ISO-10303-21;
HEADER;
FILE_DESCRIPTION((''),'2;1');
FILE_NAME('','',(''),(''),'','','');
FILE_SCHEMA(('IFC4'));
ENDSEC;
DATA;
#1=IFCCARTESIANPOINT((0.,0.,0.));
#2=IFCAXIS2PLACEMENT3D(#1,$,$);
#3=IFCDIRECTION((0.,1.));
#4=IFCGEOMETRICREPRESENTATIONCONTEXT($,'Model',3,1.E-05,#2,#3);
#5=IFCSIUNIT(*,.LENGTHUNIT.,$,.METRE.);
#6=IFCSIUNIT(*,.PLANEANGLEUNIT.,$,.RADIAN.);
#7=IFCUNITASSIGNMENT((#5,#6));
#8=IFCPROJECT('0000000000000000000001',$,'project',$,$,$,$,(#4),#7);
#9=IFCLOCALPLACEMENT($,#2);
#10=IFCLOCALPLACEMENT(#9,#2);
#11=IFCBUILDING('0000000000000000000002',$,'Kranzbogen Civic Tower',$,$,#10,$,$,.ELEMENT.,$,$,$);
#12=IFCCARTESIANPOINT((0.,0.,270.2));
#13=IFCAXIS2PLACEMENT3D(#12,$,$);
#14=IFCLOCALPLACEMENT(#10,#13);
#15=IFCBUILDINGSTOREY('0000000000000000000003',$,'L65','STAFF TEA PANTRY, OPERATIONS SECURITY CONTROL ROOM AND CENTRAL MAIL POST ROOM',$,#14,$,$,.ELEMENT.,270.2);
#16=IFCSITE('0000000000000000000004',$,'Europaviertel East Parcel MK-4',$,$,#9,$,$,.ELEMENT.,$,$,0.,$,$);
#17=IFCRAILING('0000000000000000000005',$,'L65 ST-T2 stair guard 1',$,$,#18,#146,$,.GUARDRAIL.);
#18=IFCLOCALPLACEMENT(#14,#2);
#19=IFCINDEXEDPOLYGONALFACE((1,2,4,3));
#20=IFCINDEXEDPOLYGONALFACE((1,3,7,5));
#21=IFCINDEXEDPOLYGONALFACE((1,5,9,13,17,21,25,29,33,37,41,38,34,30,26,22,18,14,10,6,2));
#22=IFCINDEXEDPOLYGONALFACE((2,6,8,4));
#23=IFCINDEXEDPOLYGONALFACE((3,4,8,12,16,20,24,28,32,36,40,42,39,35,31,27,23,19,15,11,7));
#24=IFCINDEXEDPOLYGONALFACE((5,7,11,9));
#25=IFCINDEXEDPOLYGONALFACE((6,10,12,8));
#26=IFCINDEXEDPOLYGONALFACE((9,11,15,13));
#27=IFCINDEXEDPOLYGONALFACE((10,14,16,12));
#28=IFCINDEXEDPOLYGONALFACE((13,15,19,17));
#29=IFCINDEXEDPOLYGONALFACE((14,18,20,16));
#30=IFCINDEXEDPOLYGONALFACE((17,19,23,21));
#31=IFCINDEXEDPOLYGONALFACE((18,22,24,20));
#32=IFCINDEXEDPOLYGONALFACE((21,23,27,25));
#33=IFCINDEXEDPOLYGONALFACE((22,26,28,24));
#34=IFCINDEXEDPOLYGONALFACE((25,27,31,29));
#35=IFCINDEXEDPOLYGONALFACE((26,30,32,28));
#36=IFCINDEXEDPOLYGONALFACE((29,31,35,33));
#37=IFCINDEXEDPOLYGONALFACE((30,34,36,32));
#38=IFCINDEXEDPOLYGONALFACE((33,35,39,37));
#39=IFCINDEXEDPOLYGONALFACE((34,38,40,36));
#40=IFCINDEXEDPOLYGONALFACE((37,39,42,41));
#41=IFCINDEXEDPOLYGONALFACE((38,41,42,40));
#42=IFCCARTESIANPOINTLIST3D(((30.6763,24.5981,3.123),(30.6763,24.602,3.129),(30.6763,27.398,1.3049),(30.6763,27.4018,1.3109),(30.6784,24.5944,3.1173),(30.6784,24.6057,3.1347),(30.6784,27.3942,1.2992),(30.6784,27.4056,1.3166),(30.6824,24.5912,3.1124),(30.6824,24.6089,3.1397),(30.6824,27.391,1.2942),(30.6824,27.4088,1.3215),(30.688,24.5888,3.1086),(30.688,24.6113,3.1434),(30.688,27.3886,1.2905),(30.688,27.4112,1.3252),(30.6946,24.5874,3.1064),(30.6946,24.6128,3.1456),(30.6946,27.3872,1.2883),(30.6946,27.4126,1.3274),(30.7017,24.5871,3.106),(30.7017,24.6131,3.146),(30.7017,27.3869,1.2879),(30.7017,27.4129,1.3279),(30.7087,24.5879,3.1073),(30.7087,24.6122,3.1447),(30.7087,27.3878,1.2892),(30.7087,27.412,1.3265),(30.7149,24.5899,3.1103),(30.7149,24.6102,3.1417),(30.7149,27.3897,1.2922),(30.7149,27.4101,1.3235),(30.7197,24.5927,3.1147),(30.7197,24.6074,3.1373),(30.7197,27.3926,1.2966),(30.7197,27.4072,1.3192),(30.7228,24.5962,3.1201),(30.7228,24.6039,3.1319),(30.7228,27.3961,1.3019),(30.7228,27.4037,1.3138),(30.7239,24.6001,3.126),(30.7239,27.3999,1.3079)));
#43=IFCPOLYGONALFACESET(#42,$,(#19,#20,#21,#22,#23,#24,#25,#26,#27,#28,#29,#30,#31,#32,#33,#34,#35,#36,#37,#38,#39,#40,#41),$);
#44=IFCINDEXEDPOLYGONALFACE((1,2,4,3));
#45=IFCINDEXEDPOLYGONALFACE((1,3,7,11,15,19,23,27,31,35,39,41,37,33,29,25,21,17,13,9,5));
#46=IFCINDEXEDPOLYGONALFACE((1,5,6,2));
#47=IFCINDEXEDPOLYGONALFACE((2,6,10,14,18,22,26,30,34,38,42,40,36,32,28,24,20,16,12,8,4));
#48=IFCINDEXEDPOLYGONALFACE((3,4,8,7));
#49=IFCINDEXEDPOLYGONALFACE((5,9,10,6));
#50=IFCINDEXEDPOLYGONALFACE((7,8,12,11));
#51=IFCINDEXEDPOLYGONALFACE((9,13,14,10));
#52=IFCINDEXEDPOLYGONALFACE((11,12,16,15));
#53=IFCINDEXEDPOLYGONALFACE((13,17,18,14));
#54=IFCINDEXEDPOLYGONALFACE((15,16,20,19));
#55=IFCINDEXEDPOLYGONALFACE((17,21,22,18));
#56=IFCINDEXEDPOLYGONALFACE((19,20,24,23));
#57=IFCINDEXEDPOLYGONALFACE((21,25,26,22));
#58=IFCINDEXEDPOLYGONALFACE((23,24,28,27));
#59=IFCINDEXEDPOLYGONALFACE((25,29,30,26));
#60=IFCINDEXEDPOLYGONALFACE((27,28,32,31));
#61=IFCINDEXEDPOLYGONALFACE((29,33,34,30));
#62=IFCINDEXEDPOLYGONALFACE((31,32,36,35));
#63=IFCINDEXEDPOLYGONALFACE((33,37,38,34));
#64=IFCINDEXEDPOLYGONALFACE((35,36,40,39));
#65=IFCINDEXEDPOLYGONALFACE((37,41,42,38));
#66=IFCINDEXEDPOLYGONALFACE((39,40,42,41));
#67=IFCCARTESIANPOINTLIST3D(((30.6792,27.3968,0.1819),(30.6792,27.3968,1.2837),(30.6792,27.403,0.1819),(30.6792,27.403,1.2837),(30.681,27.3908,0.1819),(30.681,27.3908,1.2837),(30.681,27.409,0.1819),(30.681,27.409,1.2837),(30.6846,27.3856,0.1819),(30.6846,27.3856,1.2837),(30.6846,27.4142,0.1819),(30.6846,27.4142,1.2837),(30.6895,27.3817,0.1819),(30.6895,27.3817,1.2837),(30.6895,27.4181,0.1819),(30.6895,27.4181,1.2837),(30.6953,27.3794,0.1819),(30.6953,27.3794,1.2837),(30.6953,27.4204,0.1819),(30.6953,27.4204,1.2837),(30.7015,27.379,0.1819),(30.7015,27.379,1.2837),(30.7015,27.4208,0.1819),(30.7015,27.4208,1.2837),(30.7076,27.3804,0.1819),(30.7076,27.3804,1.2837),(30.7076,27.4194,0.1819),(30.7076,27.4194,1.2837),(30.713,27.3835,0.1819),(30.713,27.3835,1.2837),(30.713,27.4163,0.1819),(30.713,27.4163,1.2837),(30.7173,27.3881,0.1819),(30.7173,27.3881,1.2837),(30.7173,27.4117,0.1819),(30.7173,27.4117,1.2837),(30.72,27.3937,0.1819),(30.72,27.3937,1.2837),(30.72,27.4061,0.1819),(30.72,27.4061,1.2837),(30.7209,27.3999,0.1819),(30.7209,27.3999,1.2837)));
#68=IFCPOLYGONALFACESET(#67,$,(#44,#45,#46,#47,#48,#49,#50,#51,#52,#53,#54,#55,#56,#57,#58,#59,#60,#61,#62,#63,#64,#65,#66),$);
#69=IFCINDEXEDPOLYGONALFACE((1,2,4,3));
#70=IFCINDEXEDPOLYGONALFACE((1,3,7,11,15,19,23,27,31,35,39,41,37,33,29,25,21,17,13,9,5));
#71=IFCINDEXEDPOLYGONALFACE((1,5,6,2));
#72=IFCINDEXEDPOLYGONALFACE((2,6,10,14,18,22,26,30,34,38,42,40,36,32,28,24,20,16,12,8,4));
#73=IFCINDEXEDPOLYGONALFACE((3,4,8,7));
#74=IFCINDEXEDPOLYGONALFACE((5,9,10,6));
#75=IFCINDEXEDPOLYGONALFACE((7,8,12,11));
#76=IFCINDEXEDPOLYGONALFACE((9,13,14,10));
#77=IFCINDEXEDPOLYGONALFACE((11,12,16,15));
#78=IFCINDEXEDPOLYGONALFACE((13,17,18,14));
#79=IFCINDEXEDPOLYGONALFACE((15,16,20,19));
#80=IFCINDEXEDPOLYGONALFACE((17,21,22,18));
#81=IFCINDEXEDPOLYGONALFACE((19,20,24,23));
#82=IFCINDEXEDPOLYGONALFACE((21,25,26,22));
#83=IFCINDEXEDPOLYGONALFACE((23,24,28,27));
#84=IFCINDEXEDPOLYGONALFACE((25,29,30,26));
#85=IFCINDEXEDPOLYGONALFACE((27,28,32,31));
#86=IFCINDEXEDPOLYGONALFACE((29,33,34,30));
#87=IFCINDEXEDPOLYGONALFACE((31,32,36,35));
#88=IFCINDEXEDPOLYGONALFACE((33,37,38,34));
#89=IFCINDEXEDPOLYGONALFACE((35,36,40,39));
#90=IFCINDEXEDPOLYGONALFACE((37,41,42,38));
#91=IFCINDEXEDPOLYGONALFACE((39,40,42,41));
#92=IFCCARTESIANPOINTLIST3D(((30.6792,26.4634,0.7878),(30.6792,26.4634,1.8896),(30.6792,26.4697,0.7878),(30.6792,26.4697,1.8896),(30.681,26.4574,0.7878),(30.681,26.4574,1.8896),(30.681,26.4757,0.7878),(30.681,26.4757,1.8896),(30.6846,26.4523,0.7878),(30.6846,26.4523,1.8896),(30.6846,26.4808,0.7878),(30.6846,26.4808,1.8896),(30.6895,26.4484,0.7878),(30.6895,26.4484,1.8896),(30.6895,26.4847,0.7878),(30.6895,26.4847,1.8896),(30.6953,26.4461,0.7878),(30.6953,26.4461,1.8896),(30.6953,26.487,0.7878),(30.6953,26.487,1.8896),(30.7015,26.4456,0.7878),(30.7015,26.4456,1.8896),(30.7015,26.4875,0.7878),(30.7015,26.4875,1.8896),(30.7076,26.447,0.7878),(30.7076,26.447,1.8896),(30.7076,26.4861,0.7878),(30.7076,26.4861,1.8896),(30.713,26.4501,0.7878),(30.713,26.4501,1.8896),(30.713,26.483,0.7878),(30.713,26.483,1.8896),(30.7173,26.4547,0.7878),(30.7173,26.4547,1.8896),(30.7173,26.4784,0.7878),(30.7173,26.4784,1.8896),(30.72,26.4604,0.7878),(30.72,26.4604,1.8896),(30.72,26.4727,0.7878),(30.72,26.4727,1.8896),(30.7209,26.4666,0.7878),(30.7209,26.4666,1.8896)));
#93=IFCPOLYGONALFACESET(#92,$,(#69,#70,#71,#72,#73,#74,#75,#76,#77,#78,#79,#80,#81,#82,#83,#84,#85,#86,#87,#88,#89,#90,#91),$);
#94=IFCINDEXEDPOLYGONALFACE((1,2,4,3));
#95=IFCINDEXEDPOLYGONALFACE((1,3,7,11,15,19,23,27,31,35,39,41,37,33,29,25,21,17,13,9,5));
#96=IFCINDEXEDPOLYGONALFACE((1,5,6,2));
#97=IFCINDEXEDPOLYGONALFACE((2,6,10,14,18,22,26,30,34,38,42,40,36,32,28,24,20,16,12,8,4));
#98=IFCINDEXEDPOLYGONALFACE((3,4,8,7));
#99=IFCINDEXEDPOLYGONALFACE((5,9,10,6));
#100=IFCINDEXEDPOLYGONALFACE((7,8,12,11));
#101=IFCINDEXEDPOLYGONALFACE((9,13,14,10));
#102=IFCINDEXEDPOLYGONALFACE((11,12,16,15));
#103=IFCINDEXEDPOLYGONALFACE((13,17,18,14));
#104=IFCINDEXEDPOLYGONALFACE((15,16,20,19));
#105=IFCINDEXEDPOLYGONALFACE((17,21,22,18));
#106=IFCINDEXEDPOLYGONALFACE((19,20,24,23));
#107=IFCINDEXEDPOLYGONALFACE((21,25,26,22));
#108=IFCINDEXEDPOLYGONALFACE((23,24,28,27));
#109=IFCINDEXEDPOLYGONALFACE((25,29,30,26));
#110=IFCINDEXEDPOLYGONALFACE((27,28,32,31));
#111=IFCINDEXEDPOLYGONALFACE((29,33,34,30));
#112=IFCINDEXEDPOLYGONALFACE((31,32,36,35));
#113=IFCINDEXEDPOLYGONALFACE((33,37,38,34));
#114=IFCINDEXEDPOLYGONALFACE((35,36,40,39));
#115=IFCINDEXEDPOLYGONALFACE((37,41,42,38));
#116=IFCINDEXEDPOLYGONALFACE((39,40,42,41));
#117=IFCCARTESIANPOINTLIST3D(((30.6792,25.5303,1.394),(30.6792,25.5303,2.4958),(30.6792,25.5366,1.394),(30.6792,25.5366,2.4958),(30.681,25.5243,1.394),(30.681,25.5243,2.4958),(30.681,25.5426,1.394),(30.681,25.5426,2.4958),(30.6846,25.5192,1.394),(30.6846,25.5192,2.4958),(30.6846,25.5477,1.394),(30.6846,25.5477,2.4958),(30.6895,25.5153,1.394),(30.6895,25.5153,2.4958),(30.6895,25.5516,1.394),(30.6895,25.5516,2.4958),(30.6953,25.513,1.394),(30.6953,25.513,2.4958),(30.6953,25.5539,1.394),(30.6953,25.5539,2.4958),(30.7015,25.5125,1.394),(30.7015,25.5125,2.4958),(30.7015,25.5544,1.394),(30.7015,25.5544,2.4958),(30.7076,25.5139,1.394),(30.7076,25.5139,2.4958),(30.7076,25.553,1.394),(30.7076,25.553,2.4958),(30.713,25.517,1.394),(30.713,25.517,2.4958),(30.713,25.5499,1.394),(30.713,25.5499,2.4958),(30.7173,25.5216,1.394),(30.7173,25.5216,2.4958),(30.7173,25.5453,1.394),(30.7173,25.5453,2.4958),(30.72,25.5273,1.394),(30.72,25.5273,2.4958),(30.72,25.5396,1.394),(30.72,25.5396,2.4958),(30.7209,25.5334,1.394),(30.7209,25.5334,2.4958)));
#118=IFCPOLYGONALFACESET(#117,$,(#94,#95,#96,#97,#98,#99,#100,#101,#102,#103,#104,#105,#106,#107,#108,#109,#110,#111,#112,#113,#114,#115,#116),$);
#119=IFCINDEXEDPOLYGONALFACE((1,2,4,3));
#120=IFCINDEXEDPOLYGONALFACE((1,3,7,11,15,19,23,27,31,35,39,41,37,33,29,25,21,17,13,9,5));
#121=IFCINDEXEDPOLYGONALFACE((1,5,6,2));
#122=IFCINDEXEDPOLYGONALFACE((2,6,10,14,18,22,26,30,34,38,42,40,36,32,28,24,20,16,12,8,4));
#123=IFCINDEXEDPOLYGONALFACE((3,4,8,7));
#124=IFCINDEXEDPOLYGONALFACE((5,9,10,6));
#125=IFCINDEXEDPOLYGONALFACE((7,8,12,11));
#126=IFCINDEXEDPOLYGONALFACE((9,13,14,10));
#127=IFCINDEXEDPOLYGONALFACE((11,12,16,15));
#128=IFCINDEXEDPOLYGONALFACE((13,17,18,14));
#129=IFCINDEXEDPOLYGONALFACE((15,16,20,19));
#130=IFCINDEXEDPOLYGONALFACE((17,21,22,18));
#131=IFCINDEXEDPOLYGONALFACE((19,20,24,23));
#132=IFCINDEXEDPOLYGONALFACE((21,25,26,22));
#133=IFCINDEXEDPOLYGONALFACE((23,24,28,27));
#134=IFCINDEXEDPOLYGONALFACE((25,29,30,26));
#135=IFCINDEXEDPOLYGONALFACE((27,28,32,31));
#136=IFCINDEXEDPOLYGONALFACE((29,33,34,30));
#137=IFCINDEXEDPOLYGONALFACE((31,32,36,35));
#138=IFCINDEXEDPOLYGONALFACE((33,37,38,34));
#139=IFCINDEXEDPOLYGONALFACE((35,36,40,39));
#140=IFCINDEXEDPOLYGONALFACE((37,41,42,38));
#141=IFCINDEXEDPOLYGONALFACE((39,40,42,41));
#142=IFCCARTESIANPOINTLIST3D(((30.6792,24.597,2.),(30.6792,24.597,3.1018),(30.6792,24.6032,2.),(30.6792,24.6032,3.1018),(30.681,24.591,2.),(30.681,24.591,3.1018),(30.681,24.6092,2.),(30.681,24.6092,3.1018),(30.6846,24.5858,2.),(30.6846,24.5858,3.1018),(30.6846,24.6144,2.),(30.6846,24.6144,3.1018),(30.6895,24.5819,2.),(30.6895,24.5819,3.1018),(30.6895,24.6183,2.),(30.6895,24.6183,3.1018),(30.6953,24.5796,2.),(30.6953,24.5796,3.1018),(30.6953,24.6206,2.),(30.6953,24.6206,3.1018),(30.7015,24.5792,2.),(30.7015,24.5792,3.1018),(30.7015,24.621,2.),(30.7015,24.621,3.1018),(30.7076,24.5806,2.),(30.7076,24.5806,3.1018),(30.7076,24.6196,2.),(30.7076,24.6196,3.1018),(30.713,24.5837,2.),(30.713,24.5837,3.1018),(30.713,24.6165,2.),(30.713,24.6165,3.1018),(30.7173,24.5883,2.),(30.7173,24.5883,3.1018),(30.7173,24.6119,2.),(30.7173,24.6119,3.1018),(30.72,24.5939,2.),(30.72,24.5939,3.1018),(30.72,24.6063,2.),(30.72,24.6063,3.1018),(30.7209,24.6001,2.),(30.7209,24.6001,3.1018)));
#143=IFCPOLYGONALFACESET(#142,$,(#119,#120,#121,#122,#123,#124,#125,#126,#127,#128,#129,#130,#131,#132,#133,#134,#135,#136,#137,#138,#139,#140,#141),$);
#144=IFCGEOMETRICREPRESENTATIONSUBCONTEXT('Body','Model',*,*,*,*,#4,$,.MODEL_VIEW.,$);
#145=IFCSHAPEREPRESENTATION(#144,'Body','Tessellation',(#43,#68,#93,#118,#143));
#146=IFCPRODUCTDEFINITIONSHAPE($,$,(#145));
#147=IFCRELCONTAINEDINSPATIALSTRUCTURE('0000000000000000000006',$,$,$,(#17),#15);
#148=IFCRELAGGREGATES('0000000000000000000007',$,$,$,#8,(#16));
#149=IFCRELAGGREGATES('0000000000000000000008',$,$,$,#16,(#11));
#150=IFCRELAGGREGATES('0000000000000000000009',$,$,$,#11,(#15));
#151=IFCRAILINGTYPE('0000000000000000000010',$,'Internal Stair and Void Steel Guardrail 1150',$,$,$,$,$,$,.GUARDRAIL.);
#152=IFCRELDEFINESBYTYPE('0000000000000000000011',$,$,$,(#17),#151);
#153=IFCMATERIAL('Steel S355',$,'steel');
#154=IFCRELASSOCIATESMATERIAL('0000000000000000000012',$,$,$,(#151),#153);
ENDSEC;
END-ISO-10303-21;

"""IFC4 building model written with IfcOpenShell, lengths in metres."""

from ifc_helpers import new_model, si_unit, direction, frame, origin, origin_2d, place, context, subcontext, project, spatial, circle, extrude, material, type_object, element, save


model = new_model("IFC4")

# Units and contexts
model_context = context("Model", 3, precision=1e-05, world=origin(), true_north=direction((0.0, 1.0)))
body_context = subcontext(model_context, "Body", "Model", "MODEL_VIEW")
ifc_project = project(units=[si_unit("LENGTHUNIT", "METRE"), si_unit("PLANEANGLEUNIT", "RADIAN")], contexts=[model_context])

# Site, building, storey
site_placement = place(None, origin())
site = spatial("IfcSite", under=ifc_project, at=site_placement, Name="Europaviertel East Parcel MK-4", CompositionType="ELEMENT", RefElevation=0.0)
building_placement = place(site_placement, origin())
building = spatial("IfcBuilding", under=site, at=building_placement, Name="Kranzbogen Civic Tower", CompositionType="ELEMENT")
storey_placement = place(building_placement, frame((0.0, 0.0, 270.2)))
storey = spatial("IfcBuildingStorey", under=building, at=storey_placement, Name="L65", Description="STAFF TEA PANTRY, OPERATIONS SECURITY CONTROL ROOM AND CENTRAL MAIL POST ROOM", CompositionType="ELEMENT", Elevation=270.2)

# Shared definitions
ifc_material_1 = material(Name="Steel S355", Category="steel")

# Railing
railing_type_1 = type_object("IfcRailingType", Name="Internal Stair and Void Steel Guardrail 1150", PredefinedType="GUARDRAIL", material=ifc_material_1)
railing_1_placement = place(storey_placement, frame((30.7, 27.3999, 0.1819)))
element("IfcRailing", 1, at=railing_1_placement, inside=storey, type_object=railing_type_1, Name="L65 ST-T2 stair guard 1", PredefinedType="GUARDRAIL", context=body_context, shape_type="SweptSolid", body=[
    extrude(circle(Radius=0.0239, at=origin_2d()), frame((0.0, 0.0, 1.126), z_axis=(0.0, -0.838684, 0.544618), x_axis=(1.0, 0.0, 0.0)), (0.0, 0.0, 1.0), 3.3384),
    extrude(circle(Radius=0.021, at=origin_2d()), origin(), (0.0, 0.0, 1.0), 1.1018),
    extrude(circle(Radius=0.021, at=origin_2d()), frame((0.0, -0.9333, 0.606)), (0.0, 0.0, 1.0), 1.1018),
    extrude(circle(Radius=0.021, at=origin_2d()), frame((0.0, -1.8665, 1.2122)), (0.0, 0.0, 1.0), 1.1018),
    extrude(circle(Radius=0.021, at=origin_2d()), frame((0.0, -2.7998, 1.8181)), (0.0, 0.0, 1.0), 1.1018),
])

save(model, "model.ifc")
